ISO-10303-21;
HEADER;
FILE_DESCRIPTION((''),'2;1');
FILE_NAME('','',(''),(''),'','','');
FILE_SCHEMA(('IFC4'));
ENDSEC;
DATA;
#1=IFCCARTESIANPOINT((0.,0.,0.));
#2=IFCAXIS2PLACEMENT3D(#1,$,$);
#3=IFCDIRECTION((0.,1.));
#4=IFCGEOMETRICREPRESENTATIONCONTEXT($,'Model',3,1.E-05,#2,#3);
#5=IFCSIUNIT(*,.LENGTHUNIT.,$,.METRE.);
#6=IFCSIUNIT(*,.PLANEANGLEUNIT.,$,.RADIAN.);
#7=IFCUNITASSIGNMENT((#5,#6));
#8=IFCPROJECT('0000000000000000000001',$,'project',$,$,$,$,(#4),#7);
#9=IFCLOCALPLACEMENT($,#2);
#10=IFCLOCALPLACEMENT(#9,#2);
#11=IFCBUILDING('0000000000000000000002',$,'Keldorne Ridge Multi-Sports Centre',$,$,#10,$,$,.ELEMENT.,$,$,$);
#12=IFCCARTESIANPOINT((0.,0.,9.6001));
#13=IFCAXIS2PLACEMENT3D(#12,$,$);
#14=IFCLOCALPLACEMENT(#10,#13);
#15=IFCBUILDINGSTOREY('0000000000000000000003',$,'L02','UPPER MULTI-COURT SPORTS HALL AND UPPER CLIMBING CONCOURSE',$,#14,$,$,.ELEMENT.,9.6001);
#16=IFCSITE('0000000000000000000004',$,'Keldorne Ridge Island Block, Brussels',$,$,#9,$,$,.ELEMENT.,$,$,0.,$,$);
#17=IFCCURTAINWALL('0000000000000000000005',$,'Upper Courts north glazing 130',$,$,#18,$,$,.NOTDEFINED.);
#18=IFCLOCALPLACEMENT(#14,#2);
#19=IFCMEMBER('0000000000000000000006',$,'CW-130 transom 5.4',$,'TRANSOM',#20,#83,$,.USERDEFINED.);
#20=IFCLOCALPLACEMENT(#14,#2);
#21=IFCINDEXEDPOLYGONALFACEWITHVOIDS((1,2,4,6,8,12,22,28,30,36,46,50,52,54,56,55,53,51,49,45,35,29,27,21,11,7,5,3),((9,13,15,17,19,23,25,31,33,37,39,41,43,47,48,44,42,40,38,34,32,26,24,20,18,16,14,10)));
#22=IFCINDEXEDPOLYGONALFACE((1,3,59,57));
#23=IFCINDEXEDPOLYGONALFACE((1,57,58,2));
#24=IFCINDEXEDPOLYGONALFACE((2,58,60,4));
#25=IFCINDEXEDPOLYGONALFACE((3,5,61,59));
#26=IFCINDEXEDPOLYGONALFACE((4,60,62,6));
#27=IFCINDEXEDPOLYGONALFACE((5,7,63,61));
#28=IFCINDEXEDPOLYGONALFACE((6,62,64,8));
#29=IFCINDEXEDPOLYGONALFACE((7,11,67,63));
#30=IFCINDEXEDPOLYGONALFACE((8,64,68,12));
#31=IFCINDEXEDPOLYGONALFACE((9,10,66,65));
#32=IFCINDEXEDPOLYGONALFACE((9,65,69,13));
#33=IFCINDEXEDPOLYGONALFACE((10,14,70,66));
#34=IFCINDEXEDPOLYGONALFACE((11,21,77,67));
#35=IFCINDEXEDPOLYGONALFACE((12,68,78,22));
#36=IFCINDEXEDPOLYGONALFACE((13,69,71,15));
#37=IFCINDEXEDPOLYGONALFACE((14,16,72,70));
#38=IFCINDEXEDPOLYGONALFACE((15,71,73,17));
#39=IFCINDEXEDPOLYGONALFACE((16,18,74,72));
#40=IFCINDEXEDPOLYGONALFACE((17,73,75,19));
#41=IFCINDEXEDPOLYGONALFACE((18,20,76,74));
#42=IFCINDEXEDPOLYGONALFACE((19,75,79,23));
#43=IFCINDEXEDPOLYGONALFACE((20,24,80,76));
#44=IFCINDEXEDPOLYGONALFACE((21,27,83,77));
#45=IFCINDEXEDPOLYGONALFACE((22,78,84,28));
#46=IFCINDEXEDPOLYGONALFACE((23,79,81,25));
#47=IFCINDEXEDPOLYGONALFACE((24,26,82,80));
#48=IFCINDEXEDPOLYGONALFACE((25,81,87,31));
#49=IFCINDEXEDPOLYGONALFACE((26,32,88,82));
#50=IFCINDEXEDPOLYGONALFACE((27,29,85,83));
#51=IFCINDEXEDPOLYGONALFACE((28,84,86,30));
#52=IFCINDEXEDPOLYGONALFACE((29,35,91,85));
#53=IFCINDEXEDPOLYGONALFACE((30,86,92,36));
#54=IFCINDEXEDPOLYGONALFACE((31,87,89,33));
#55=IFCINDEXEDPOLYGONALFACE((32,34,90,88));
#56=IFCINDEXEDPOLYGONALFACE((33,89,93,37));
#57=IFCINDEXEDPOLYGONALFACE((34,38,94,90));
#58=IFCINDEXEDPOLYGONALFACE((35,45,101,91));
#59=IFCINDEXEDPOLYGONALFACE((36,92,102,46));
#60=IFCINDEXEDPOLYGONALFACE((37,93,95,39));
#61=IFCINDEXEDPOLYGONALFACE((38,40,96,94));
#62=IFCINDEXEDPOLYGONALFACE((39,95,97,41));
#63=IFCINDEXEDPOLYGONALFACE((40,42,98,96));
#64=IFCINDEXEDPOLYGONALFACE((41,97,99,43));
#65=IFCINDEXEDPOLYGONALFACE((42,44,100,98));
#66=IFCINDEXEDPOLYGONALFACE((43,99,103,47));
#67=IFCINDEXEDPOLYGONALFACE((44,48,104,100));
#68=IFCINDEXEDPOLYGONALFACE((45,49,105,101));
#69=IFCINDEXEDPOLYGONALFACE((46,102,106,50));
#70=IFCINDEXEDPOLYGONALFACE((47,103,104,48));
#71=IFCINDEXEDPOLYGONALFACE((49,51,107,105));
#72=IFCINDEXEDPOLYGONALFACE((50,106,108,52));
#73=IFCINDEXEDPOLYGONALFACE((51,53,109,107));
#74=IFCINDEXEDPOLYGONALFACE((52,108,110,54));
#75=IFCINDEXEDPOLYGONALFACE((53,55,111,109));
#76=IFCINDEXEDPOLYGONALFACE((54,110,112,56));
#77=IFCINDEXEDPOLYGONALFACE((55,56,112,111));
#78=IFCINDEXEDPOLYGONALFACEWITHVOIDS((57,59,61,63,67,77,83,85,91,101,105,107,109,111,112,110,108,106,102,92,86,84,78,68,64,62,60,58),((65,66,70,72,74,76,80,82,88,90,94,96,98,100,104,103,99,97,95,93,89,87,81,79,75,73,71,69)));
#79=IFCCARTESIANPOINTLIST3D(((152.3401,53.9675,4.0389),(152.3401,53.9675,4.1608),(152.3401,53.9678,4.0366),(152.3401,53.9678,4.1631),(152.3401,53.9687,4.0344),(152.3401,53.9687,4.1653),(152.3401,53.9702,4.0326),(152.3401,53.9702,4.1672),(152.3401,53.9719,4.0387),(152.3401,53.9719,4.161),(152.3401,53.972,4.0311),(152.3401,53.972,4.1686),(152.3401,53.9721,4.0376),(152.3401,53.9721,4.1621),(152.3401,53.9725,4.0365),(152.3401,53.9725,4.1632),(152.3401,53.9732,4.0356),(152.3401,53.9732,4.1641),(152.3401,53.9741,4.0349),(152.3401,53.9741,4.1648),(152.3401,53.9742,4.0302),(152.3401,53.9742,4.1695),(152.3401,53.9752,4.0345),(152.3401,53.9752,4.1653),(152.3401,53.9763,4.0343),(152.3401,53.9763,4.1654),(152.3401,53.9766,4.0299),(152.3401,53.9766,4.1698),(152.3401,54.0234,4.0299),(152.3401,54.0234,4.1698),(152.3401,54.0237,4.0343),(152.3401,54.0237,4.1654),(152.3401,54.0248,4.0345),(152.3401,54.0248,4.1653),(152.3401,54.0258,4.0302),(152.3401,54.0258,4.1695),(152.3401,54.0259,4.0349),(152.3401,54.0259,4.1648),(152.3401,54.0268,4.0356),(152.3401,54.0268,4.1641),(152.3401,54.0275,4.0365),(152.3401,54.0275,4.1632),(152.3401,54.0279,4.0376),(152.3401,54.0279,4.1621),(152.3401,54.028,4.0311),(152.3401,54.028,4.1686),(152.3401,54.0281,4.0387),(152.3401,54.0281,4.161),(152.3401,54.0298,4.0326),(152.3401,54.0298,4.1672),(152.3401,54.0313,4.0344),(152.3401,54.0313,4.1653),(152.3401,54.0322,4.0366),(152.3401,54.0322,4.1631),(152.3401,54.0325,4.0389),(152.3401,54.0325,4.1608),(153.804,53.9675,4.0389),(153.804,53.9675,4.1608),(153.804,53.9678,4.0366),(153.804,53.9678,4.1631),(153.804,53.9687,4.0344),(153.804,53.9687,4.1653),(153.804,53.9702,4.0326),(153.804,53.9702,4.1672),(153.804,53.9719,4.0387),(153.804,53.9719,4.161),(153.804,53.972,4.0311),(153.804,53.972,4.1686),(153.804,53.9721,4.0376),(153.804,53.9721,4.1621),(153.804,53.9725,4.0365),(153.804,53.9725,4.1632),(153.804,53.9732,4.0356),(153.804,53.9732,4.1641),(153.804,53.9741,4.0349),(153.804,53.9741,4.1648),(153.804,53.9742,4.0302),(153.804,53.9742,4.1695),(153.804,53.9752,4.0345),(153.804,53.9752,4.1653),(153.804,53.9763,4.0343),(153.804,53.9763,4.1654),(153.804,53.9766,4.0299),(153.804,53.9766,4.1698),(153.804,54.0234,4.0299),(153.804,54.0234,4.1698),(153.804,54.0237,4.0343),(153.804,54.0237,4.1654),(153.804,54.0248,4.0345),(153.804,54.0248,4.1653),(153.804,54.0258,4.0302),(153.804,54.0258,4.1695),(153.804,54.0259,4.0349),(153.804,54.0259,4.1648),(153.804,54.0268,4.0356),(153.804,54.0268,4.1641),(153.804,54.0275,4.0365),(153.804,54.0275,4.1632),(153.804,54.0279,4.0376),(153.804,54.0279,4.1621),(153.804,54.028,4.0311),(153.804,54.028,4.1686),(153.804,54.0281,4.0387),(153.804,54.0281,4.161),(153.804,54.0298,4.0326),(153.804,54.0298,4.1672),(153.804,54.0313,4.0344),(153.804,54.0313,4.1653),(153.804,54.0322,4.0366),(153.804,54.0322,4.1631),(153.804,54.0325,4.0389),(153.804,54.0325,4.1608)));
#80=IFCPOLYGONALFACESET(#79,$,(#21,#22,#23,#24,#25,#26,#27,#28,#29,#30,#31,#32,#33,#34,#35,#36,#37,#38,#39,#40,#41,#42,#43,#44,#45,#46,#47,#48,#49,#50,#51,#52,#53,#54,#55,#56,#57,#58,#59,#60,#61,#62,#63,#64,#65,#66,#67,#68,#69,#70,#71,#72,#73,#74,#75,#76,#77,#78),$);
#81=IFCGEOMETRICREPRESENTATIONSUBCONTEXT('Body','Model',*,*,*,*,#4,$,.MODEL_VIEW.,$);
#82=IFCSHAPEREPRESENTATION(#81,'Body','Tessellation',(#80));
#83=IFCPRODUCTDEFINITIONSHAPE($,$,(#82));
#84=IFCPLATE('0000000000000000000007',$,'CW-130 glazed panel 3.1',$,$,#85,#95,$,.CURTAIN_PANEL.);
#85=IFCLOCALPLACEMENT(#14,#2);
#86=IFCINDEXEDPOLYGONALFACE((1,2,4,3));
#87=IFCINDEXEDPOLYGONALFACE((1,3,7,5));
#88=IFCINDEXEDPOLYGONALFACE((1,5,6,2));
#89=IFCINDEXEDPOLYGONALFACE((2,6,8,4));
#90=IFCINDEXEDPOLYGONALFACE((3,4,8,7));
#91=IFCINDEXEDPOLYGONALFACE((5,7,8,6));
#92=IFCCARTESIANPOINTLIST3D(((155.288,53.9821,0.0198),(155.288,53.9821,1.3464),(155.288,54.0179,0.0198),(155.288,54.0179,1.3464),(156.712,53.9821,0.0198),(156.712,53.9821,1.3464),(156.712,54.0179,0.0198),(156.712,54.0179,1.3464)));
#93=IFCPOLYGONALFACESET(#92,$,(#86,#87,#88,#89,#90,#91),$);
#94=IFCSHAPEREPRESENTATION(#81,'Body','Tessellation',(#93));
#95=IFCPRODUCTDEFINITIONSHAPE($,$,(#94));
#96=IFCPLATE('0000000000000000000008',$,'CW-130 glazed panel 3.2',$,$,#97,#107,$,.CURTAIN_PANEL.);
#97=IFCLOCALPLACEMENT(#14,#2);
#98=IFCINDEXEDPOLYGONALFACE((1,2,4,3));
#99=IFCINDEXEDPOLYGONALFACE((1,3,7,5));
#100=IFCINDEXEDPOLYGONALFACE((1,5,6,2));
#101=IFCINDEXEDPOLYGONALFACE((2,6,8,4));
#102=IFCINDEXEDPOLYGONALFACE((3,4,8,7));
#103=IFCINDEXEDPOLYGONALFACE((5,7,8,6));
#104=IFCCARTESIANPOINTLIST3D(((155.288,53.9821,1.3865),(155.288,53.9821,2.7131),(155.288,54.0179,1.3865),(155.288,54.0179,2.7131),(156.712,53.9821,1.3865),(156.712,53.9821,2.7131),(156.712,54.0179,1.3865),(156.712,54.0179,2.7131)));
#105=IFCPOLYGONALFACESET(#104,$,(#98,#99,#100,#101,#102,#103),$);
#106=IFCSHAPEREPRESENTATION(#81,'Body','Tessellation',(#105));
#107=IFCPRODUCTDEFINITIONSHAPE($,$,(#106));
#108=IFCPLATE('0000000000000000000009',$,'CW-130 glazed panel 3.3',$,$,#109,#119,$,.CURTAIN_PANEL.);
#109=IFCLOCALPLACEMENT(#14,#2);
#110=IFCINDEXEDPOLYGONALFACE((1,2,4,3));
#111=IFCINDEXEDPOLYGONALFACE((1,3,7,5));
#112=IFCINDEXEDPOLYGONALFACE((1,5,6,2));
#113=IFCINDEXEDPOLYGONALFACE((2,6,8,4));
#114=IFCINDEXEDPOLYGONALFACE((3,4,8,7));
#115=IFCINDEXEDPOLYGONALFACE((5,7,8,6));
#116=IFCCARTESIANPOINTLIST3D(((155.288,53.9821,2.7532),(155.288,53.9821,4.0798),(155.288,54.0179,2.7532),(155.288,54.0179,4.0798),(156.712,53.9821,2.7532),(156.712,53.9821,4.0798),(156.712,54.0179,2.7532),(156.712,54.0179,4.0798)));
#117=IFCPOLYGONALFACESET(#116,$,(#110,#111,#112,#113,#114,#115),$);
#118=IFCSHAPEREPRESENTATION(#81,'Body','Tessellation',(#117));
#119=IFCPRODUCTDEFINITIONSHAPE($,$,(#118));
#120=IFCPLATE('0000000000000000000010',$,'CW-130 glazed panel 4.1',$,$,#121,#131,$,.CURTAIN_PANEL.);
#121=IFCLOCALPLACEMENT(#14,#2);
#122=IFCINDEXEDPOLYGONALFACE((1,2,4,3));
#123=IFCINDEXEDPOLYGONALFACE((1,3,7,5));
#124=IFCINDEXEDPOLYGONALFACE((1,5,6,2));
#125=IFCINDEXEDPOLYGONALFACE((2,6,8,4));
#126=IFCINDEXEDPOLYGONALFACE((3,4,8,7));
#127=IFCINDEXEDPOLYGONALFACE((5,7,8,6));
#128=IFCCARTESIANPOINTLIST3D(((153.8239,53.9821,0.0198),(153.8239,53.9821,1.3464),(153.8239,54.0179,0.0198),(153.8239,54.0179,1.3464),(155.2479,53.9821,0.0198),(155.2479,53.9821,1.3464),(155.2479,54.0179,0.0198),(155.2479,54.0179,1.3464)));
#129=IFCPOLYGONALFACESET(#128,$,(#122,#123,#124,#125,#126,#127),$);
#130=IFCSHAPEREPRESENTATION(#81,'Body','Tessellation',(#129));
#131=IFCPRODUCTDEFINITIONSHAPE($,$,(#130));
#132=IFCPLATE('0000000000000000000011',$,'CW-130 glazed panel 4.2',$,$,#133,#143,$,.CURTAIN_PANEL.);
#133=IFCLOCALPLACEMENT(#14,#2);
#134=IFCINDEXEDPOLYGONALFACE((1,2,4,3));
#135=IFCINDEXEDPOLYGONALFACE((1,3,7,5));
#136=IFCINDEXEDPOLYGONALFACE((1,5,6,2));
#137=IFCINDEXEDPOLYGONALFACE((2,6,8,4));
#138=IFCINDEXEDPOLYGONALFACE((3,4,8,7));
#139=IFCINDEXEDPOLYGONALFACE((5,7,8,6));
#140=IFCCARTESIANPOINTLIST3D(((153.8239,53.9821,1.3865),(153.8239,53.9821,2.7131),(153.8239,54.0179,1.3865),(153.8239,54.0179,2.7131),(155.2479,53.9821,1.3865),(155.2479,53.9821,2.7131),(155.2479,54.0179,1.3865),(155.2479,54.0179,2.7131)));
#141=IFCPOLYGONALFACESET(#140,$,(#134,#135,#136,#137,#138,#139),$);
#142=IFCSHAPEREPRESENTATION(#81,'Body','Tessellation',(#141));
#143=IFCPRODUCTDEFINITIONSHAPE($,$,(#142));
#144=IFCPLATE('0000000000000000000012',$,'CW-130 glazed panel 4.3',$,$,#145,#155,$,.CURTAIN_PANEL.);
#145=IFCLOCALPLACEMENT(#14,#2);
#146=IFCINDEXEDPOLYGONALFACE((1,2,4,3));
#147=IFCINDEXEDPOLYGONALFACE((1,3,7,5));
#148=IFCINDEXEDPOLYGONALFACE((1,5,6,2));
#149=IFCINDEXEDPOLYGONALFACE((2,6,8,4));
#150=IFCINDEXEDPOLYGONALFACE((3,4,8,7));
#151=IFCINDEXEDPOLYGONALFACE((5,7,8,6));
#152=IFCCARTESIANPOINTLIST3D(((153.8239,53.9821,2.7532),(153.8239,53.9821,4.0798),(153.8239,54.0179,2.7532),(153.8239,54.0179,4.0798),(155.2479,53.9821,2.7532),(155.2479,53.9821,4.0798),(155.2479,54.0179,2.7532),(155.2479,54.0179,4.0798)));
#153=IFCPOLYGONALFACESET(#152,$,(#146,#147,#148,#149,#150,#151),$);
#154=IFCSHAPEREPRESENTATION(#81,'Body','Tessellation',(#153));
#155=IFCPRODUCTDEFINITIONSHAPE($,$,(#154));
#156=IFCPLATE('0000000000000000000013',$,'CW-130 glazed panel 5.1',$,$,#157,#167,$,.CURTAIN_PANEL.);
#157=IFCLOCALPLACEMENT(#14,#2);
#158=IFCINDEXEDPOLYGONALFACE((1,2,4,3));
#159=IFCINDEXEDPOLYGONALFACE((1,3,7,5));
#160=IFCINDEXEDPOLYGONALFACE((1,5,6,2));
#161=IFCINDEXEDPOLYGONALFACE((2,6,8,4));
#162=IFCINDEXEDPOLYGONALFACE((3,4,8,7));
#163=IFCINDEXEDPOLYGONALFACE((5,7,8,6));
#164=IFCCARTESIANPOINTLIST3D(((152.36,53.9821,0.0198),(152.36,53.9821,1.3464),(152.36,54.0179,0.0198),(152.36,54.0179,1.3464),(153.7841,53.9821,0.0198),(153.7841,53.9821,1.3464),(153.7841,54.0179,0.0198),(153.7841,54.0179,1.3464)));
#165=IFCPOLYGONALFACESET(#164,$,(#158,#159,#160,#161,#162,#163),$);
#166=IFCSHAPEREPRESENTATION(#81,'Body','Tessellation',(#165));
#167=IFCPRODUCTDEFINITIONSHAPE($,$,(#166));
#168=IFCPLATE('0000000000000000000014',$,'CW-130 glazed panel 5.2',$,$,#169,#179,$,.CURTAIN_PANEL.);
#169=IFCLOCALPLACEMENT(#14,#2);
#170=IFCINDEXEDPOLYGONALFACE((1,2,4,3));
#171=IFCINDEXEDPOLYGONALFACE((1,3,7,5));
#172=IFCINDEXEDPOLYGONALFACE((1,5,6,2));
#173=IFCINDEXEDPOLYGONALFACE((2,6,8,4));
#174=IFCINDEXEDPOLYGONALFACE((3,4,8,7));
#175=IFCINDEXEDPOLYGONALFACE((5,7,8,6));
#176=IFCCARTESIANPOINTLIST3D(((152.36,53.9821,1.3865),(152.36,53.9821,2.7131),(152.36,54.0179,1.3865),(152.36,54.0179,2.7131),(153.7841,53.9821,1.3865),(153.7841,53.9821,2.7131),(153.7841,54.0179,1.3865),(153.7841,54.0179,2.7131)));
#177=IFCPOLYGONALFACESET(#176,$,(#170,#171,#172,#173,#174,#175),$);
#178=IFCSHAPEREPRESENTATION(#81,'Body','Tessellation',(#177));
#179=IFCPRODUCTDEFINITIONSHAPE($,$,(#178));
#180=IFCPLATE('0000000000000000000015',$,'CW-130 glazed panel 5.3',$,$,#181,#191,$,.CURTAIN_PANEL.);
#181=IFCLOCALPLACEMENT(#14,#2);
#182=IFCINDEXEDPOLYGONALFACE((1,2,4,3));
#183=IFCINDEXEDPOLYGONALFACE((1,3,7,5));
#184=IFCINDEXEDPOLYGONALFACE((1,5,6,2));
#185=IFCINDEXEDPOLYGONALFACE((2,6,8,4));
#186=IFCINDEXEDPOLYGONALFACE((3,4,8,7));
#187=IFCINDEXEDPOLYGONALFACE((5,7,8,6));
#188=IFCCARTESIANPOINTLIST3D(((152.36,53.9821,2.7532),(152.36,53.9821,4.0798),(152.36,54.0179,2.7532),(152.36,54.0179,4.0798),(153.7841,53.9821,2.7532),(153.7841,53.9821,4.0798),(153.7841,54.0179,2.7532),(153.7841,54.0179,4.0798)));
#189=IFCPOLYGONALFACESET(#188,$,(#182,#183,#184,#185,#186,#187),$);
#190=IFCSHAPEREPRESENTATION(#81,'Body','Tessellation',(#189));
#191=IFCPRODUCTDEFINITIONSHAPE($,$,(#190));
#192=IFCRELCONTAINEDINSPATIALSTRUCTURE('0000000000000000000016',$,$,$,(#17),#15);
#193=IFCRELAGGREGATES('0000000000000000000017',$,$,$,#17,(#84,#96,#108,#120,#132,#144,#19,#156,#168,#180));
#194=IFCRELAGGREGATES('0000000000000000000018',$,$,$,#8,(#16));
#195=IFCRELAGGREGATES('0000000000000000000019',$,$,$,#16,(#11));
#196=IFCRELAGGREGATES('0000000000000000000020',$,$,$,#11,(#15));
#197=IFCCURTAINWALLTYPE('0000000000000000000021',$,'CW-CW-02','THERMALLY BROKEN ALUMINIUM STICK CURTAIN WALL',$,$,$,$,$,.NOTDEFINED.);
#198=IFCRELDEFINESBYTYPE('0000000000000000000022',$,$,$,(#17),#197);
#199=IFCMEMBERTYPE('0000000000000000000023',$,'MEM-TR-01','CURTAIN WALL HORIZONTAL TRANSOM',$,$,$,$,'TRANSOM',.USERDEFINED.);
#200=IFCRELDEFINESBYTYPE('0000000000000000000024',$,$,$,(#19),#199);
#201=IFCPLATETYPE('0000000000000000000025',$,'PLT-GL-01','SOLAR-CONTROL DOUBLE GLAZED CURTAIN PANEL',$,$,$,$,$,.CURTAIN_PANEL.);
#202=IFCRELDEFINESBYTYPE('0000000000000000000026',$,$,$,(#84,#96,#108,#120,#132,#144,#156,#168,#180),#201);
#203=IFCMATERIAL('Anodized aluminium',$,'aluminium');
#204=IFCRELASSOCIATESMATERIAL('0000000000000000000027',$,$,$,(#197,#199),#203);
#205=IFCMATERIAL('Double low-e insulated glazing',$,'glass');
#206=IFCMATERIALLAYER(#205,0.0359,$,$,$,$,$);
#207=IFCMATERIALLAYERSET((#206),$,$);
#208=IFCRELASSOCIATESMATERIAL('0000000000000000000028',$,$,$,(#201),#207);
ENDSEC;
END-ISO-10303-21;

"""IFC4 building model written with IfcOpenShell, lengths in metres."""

from ifc_helpers import new_model, si_unit, direction, frame, origin, origin_2d, place, context, subcontext, project, spatial, rectangle, hollow_rectangle, extrude, material, layer, layer_set, material_profile, profile_set, type_object, element, aggregate, save


model = new_model("IFC4")

# Units and contexts
model_context = context("Model", 3, precision=1e-05, world=origin(), true_north=direction((0.0, 1.0)))
body_context = subcontext(model_context, "Body", "Model", "MODEL_VIEW")
ifc_project = project(units=[si_unit("LENGTHUNIT", "METRE"), si_unit("PLANEANGLEUNIT", "RADIAN")], contexts=[model_context])

# Site, building, storey
site_placement = place(None, origin())
site = spatial("IfcSite", under=ifc_project, at=site_placement, Name="Keldorne Ridge Island Block, Brussels", CompositionType="ELEMENT", RefElevation=0.0)
building_placement = place(site_placement, origin())
building = spatial("IfcBuilding", under=site, at=building_placement, Name="Keldorne Ridge Multi-Sports Centre", CompositionType="ELEMENT")
storey_placement = place(building_placement, frame((0.0, 0.0, 9.6001)))
storey = spatial("IfcBuildingStorey", under=building, at=storey_placement, Name="L02", Description="UPPER MULTI-COURT SPORTS HALL AND UPPER CLIMBING CONCOURSE", CompositionType="ELEMENT", Elevation=9.6001)

# Curtain wall, member, plates
ifc_material_1 = material(Name="Anodized aluminium", Category="aluminium")
curtain_wall_type = type_object("IfcCurtainWallType", Name="CW-CW-02", Description="THERMALLY BROKEN ALUMINIUM STICK CURTAIN WALL", PredefinedType="NOTDEFINED", material=ifc_material_1)
curtain_wall_placement = place(storey_placement, origin())
curtain_wall = element("IfcCurtainWall", 1, at=curtain_wall_placement, inside=storey, type_object=curtain_wall_type, Name="Upper Courts north glazing 130", PredefinedType="NOTDEFINED")
ifc_material_profile_1 = material_profile(ifc_material_1, hollow_rectangle(XDim=0.0649, YDim=0.1399, WallThickness=0.0044, InnerFilletRadius=0.0044, OuterFilletRadius=0.009, at=origin_2d()), Name="ALU TRANSOM 140x65x4.5")
ifc_profile_set_1 = profile_set([ifc_material_profile_1], Name="Anodized aluminium")
member_type_1 = type_object("IfcMemberType", Name="MEM-TR-01", Description="CURTAIN WALL HORIZONTAL TRANSOM", ElementType="TRANSOM", PredefinedType="USERDEFINED", material=ifc_profile_set_1)
member_1_placement = place(storey_placement, frame((153.804, 54.0, 4.0999), z_axis=(-1.0, 0.0, 0.0), x_axis=(0.0, -1.0, 0.0)))
member_1 = element("IfcMember", 2, at=member_1_placement, type_object=member_type_1, Name="CW-130 transom 5.4", ObjectType="TRANSOM", PredefinedType="USERDEFINED", context=body_context, shape_type="SweptSolid", body=[
    extrude(hollow_rectangle(XDim=0.0649, YDim=0.1399, WallThickness=0.0044, InnerFilletRadius=0.0044, OuterFilletRadius=0.009, at=origin_2d()), origin(), (0.0, 0.0, 1.0), 1.4639),
])
ifc_material_2 = material(Name="Double low-e insulated glazing", Category="glass")
ifc_layer = layer(ifc_material_2, 0.0359)
ifc_layer_set = layer_set([ifc_layer])
plate_type = type_object("IfcPlateType", Name="PLT-GL-01", Description="SOLAR-CONTROL DOUBLE GLAZED CURTAIN PANEL", PredefinedType="CURTAIN_PANEL", material=ifc_layer_set)
plate_1_placement = place(storey_placement, frame((156.0, 54.0, 0.0198), z_axis=(0.0, 0.0, 1.0), x_axis=(-1.0, 0.0, 0.0)))
plate_1 = element("IfcPlate", 3, at=plate_1_placement, type_object=plate_type, Name="CW-130 glazed panel 3.1", PredefinedType="CURTAIN_PANEL", context=body_context, shape_type="SweptSolid", body=[
    extrude(rectangle(XDim=1.4241, YDim=0.0359, at=origin_2d()), origin(), (0.0, 0.0, 1.0), 1.3267),
])
plate_2_placement = place(storey_placement, frame((156.0, 54.0, 1.3865), z_axis=(0.0, 0.0, 1.0), x_axis=(-1.0, 0.0, 0.0)))
plate_2 = element("IfcPlate", 4, at=plate_2_placement, type_object=plate_type, Name="CW-130 glazed panel 3.2", PredefinedType="CURTAIN_PANEL", context=body_context, shape_type="SweptSolid", body=[
    extrude(rectangle(XDim=1.4241, YDim=0.0359, at=origin_2d()), origin(), (0.0, 0.0, 1.0), 1.3267),
])
plate_3_placement = place(storey_placement, frame((156.0, 54.0, 2.7532), z_axis=(0.0, 0.0, 1.0), x_axis=(-1.0, 0.0, 0.0)))
plate_3 = element("IfcPlate", 5, at=plate_3_placement, type_object=plate_type, Name="CW-130 glazed panel 3.3", PredefinedType="CURTAIN_PANEL", context=body_context, shape_type="SweptSolid", body=[
    extrude(rectangle(XDim=1.4241, YDim=0.0359, at=origin_2d()), origin(), (0.0, 0.0, 1.0), 1.3267),
])
plate_4_placement = place(storey_placement, frame((154.5359, 54.0, 0.0198), z_axis=(0.0, 0.0, 1.0), x_axis=(-1.0, 0.0, 0.0)))
plate_4 = element("IfcPlate", 6, at=plate_4_placement, type_object=plate_type, Name="CW-130 glazed panel 4.1", PredefinedType="CURTAIN_PANEL", context=body_context, shape_type="SweptSolid", body=[
    extrude(rectangle(XDim=1.4241, YDim=0.0359, at=origin_2d()), origin(), (0.0, 0.0, 1.0), 1.3267),
])
plate_5_placement = place(storey_placement, frame((154.5359, 54.0, 1.3865), z_axis=(0.0, 0.0, 1.0), x_axis=(-1.0, 0.0, 0.0)))
plate_5 = element("IfcPlate", 7, at=plate_5_placement, type_object=plate_type, Name="CW-130 glazed panel 4.2", PredefinedType="CURTAIN_PANEL", context=body_context, shape_type="SweptSolid", body=[
    extrude(rectangle(XDim=1.4241, YDim=0.0359, at=origin_2d()), origin(), (0.0, 0.0, 1.0), 1.3267),
])
plate_6_placement = place(storey_placement, frame((154.5359, 54.0, 2.7532), z_axis=(0.0, 0.0, 1.0), x_axis=(-1.0, 0.0, 0.0)))
plate_6 = element("IfcPlate", 8, at=plate_6_placement, type_object=plate_type, Name="CW-130 glazed panel 4.3", PredefinedType="CURTAIN_PANEL", context=body_context, shape_type="SweptSolid", body=[
    extrude(rectangle(XDim=1.4241, YDim=0.0359, at=origin_2d()), origin(), (0.0, 0.0, 1.0), 1.3267),
])
plate_7_placement = place(storey_placement, frame((153.072, 54.0, 0.0198), z_axis=(0.0, 0.0, 1.0), x_axis=(-1.0, 0.0, 0.0)))
plate_7 = element("IfcPlate", 9, at=plate_7_placement, type_object=plate_type, Name="CW-130 glazed panel 5.1", PredefinedType="CURTAIN_PANEL", context=body_context, shape_type="SweptSolid", body=[
    extrude(rectangle(XDim=1.4241, YDim=0.0359, at=origin_2d()), origin(), (0.0, 0.0, 1.0), 1.3267),
])
plate_8_placement = place(storey_placement, frame((153.072, 54.0, 1.3865), z_axis=(0.0, 0.0, 1.0), x_axis=(-1.0, 0.0, 0.0)))
plate_8 = element("IfcPlate", 10, at=plate_8_placement, type_object=plate_type, Name="CW-130 glazed panel 5.2", PredefinedType="CURTAIN_PANEL", context=body_context, shape_type="SweptSolid", body=[
    extrude(rectangle(XDim=1.4241, YDim=0.0359, at=origin_2d()), origin(), (0.0, 0.0, 1.0), 1.3267),
])
plate_9_placement = place(storey_placement, frame((153.072, 54.0, 2.7532), z_axis=(0.0, 0.0, 1.0), x_axis=(-1.0, 0.0, 0.0)))
plate_9 = element("IfcPlate", 11, at=plate_9_placement, type_object=plate_type, Name="CW-130 glazed panel 5.3", PredefinedType="CURTAIN_PANEL", context=body_context, shape_type="SweptSolid", body=[
    extrude(rectangle(XDim=1.4241, YDim=0.0359, at=origin_2d()), origin(), (0.0, 0.0, 1.0), 1.3267),
])
aggregate(curtain_wall, [plate_1, plate_2, plate_3, plate_4, plate_5, plate_6, member_1, plate_7, plate_8, plate_9])

save(model, "model.ifc")
